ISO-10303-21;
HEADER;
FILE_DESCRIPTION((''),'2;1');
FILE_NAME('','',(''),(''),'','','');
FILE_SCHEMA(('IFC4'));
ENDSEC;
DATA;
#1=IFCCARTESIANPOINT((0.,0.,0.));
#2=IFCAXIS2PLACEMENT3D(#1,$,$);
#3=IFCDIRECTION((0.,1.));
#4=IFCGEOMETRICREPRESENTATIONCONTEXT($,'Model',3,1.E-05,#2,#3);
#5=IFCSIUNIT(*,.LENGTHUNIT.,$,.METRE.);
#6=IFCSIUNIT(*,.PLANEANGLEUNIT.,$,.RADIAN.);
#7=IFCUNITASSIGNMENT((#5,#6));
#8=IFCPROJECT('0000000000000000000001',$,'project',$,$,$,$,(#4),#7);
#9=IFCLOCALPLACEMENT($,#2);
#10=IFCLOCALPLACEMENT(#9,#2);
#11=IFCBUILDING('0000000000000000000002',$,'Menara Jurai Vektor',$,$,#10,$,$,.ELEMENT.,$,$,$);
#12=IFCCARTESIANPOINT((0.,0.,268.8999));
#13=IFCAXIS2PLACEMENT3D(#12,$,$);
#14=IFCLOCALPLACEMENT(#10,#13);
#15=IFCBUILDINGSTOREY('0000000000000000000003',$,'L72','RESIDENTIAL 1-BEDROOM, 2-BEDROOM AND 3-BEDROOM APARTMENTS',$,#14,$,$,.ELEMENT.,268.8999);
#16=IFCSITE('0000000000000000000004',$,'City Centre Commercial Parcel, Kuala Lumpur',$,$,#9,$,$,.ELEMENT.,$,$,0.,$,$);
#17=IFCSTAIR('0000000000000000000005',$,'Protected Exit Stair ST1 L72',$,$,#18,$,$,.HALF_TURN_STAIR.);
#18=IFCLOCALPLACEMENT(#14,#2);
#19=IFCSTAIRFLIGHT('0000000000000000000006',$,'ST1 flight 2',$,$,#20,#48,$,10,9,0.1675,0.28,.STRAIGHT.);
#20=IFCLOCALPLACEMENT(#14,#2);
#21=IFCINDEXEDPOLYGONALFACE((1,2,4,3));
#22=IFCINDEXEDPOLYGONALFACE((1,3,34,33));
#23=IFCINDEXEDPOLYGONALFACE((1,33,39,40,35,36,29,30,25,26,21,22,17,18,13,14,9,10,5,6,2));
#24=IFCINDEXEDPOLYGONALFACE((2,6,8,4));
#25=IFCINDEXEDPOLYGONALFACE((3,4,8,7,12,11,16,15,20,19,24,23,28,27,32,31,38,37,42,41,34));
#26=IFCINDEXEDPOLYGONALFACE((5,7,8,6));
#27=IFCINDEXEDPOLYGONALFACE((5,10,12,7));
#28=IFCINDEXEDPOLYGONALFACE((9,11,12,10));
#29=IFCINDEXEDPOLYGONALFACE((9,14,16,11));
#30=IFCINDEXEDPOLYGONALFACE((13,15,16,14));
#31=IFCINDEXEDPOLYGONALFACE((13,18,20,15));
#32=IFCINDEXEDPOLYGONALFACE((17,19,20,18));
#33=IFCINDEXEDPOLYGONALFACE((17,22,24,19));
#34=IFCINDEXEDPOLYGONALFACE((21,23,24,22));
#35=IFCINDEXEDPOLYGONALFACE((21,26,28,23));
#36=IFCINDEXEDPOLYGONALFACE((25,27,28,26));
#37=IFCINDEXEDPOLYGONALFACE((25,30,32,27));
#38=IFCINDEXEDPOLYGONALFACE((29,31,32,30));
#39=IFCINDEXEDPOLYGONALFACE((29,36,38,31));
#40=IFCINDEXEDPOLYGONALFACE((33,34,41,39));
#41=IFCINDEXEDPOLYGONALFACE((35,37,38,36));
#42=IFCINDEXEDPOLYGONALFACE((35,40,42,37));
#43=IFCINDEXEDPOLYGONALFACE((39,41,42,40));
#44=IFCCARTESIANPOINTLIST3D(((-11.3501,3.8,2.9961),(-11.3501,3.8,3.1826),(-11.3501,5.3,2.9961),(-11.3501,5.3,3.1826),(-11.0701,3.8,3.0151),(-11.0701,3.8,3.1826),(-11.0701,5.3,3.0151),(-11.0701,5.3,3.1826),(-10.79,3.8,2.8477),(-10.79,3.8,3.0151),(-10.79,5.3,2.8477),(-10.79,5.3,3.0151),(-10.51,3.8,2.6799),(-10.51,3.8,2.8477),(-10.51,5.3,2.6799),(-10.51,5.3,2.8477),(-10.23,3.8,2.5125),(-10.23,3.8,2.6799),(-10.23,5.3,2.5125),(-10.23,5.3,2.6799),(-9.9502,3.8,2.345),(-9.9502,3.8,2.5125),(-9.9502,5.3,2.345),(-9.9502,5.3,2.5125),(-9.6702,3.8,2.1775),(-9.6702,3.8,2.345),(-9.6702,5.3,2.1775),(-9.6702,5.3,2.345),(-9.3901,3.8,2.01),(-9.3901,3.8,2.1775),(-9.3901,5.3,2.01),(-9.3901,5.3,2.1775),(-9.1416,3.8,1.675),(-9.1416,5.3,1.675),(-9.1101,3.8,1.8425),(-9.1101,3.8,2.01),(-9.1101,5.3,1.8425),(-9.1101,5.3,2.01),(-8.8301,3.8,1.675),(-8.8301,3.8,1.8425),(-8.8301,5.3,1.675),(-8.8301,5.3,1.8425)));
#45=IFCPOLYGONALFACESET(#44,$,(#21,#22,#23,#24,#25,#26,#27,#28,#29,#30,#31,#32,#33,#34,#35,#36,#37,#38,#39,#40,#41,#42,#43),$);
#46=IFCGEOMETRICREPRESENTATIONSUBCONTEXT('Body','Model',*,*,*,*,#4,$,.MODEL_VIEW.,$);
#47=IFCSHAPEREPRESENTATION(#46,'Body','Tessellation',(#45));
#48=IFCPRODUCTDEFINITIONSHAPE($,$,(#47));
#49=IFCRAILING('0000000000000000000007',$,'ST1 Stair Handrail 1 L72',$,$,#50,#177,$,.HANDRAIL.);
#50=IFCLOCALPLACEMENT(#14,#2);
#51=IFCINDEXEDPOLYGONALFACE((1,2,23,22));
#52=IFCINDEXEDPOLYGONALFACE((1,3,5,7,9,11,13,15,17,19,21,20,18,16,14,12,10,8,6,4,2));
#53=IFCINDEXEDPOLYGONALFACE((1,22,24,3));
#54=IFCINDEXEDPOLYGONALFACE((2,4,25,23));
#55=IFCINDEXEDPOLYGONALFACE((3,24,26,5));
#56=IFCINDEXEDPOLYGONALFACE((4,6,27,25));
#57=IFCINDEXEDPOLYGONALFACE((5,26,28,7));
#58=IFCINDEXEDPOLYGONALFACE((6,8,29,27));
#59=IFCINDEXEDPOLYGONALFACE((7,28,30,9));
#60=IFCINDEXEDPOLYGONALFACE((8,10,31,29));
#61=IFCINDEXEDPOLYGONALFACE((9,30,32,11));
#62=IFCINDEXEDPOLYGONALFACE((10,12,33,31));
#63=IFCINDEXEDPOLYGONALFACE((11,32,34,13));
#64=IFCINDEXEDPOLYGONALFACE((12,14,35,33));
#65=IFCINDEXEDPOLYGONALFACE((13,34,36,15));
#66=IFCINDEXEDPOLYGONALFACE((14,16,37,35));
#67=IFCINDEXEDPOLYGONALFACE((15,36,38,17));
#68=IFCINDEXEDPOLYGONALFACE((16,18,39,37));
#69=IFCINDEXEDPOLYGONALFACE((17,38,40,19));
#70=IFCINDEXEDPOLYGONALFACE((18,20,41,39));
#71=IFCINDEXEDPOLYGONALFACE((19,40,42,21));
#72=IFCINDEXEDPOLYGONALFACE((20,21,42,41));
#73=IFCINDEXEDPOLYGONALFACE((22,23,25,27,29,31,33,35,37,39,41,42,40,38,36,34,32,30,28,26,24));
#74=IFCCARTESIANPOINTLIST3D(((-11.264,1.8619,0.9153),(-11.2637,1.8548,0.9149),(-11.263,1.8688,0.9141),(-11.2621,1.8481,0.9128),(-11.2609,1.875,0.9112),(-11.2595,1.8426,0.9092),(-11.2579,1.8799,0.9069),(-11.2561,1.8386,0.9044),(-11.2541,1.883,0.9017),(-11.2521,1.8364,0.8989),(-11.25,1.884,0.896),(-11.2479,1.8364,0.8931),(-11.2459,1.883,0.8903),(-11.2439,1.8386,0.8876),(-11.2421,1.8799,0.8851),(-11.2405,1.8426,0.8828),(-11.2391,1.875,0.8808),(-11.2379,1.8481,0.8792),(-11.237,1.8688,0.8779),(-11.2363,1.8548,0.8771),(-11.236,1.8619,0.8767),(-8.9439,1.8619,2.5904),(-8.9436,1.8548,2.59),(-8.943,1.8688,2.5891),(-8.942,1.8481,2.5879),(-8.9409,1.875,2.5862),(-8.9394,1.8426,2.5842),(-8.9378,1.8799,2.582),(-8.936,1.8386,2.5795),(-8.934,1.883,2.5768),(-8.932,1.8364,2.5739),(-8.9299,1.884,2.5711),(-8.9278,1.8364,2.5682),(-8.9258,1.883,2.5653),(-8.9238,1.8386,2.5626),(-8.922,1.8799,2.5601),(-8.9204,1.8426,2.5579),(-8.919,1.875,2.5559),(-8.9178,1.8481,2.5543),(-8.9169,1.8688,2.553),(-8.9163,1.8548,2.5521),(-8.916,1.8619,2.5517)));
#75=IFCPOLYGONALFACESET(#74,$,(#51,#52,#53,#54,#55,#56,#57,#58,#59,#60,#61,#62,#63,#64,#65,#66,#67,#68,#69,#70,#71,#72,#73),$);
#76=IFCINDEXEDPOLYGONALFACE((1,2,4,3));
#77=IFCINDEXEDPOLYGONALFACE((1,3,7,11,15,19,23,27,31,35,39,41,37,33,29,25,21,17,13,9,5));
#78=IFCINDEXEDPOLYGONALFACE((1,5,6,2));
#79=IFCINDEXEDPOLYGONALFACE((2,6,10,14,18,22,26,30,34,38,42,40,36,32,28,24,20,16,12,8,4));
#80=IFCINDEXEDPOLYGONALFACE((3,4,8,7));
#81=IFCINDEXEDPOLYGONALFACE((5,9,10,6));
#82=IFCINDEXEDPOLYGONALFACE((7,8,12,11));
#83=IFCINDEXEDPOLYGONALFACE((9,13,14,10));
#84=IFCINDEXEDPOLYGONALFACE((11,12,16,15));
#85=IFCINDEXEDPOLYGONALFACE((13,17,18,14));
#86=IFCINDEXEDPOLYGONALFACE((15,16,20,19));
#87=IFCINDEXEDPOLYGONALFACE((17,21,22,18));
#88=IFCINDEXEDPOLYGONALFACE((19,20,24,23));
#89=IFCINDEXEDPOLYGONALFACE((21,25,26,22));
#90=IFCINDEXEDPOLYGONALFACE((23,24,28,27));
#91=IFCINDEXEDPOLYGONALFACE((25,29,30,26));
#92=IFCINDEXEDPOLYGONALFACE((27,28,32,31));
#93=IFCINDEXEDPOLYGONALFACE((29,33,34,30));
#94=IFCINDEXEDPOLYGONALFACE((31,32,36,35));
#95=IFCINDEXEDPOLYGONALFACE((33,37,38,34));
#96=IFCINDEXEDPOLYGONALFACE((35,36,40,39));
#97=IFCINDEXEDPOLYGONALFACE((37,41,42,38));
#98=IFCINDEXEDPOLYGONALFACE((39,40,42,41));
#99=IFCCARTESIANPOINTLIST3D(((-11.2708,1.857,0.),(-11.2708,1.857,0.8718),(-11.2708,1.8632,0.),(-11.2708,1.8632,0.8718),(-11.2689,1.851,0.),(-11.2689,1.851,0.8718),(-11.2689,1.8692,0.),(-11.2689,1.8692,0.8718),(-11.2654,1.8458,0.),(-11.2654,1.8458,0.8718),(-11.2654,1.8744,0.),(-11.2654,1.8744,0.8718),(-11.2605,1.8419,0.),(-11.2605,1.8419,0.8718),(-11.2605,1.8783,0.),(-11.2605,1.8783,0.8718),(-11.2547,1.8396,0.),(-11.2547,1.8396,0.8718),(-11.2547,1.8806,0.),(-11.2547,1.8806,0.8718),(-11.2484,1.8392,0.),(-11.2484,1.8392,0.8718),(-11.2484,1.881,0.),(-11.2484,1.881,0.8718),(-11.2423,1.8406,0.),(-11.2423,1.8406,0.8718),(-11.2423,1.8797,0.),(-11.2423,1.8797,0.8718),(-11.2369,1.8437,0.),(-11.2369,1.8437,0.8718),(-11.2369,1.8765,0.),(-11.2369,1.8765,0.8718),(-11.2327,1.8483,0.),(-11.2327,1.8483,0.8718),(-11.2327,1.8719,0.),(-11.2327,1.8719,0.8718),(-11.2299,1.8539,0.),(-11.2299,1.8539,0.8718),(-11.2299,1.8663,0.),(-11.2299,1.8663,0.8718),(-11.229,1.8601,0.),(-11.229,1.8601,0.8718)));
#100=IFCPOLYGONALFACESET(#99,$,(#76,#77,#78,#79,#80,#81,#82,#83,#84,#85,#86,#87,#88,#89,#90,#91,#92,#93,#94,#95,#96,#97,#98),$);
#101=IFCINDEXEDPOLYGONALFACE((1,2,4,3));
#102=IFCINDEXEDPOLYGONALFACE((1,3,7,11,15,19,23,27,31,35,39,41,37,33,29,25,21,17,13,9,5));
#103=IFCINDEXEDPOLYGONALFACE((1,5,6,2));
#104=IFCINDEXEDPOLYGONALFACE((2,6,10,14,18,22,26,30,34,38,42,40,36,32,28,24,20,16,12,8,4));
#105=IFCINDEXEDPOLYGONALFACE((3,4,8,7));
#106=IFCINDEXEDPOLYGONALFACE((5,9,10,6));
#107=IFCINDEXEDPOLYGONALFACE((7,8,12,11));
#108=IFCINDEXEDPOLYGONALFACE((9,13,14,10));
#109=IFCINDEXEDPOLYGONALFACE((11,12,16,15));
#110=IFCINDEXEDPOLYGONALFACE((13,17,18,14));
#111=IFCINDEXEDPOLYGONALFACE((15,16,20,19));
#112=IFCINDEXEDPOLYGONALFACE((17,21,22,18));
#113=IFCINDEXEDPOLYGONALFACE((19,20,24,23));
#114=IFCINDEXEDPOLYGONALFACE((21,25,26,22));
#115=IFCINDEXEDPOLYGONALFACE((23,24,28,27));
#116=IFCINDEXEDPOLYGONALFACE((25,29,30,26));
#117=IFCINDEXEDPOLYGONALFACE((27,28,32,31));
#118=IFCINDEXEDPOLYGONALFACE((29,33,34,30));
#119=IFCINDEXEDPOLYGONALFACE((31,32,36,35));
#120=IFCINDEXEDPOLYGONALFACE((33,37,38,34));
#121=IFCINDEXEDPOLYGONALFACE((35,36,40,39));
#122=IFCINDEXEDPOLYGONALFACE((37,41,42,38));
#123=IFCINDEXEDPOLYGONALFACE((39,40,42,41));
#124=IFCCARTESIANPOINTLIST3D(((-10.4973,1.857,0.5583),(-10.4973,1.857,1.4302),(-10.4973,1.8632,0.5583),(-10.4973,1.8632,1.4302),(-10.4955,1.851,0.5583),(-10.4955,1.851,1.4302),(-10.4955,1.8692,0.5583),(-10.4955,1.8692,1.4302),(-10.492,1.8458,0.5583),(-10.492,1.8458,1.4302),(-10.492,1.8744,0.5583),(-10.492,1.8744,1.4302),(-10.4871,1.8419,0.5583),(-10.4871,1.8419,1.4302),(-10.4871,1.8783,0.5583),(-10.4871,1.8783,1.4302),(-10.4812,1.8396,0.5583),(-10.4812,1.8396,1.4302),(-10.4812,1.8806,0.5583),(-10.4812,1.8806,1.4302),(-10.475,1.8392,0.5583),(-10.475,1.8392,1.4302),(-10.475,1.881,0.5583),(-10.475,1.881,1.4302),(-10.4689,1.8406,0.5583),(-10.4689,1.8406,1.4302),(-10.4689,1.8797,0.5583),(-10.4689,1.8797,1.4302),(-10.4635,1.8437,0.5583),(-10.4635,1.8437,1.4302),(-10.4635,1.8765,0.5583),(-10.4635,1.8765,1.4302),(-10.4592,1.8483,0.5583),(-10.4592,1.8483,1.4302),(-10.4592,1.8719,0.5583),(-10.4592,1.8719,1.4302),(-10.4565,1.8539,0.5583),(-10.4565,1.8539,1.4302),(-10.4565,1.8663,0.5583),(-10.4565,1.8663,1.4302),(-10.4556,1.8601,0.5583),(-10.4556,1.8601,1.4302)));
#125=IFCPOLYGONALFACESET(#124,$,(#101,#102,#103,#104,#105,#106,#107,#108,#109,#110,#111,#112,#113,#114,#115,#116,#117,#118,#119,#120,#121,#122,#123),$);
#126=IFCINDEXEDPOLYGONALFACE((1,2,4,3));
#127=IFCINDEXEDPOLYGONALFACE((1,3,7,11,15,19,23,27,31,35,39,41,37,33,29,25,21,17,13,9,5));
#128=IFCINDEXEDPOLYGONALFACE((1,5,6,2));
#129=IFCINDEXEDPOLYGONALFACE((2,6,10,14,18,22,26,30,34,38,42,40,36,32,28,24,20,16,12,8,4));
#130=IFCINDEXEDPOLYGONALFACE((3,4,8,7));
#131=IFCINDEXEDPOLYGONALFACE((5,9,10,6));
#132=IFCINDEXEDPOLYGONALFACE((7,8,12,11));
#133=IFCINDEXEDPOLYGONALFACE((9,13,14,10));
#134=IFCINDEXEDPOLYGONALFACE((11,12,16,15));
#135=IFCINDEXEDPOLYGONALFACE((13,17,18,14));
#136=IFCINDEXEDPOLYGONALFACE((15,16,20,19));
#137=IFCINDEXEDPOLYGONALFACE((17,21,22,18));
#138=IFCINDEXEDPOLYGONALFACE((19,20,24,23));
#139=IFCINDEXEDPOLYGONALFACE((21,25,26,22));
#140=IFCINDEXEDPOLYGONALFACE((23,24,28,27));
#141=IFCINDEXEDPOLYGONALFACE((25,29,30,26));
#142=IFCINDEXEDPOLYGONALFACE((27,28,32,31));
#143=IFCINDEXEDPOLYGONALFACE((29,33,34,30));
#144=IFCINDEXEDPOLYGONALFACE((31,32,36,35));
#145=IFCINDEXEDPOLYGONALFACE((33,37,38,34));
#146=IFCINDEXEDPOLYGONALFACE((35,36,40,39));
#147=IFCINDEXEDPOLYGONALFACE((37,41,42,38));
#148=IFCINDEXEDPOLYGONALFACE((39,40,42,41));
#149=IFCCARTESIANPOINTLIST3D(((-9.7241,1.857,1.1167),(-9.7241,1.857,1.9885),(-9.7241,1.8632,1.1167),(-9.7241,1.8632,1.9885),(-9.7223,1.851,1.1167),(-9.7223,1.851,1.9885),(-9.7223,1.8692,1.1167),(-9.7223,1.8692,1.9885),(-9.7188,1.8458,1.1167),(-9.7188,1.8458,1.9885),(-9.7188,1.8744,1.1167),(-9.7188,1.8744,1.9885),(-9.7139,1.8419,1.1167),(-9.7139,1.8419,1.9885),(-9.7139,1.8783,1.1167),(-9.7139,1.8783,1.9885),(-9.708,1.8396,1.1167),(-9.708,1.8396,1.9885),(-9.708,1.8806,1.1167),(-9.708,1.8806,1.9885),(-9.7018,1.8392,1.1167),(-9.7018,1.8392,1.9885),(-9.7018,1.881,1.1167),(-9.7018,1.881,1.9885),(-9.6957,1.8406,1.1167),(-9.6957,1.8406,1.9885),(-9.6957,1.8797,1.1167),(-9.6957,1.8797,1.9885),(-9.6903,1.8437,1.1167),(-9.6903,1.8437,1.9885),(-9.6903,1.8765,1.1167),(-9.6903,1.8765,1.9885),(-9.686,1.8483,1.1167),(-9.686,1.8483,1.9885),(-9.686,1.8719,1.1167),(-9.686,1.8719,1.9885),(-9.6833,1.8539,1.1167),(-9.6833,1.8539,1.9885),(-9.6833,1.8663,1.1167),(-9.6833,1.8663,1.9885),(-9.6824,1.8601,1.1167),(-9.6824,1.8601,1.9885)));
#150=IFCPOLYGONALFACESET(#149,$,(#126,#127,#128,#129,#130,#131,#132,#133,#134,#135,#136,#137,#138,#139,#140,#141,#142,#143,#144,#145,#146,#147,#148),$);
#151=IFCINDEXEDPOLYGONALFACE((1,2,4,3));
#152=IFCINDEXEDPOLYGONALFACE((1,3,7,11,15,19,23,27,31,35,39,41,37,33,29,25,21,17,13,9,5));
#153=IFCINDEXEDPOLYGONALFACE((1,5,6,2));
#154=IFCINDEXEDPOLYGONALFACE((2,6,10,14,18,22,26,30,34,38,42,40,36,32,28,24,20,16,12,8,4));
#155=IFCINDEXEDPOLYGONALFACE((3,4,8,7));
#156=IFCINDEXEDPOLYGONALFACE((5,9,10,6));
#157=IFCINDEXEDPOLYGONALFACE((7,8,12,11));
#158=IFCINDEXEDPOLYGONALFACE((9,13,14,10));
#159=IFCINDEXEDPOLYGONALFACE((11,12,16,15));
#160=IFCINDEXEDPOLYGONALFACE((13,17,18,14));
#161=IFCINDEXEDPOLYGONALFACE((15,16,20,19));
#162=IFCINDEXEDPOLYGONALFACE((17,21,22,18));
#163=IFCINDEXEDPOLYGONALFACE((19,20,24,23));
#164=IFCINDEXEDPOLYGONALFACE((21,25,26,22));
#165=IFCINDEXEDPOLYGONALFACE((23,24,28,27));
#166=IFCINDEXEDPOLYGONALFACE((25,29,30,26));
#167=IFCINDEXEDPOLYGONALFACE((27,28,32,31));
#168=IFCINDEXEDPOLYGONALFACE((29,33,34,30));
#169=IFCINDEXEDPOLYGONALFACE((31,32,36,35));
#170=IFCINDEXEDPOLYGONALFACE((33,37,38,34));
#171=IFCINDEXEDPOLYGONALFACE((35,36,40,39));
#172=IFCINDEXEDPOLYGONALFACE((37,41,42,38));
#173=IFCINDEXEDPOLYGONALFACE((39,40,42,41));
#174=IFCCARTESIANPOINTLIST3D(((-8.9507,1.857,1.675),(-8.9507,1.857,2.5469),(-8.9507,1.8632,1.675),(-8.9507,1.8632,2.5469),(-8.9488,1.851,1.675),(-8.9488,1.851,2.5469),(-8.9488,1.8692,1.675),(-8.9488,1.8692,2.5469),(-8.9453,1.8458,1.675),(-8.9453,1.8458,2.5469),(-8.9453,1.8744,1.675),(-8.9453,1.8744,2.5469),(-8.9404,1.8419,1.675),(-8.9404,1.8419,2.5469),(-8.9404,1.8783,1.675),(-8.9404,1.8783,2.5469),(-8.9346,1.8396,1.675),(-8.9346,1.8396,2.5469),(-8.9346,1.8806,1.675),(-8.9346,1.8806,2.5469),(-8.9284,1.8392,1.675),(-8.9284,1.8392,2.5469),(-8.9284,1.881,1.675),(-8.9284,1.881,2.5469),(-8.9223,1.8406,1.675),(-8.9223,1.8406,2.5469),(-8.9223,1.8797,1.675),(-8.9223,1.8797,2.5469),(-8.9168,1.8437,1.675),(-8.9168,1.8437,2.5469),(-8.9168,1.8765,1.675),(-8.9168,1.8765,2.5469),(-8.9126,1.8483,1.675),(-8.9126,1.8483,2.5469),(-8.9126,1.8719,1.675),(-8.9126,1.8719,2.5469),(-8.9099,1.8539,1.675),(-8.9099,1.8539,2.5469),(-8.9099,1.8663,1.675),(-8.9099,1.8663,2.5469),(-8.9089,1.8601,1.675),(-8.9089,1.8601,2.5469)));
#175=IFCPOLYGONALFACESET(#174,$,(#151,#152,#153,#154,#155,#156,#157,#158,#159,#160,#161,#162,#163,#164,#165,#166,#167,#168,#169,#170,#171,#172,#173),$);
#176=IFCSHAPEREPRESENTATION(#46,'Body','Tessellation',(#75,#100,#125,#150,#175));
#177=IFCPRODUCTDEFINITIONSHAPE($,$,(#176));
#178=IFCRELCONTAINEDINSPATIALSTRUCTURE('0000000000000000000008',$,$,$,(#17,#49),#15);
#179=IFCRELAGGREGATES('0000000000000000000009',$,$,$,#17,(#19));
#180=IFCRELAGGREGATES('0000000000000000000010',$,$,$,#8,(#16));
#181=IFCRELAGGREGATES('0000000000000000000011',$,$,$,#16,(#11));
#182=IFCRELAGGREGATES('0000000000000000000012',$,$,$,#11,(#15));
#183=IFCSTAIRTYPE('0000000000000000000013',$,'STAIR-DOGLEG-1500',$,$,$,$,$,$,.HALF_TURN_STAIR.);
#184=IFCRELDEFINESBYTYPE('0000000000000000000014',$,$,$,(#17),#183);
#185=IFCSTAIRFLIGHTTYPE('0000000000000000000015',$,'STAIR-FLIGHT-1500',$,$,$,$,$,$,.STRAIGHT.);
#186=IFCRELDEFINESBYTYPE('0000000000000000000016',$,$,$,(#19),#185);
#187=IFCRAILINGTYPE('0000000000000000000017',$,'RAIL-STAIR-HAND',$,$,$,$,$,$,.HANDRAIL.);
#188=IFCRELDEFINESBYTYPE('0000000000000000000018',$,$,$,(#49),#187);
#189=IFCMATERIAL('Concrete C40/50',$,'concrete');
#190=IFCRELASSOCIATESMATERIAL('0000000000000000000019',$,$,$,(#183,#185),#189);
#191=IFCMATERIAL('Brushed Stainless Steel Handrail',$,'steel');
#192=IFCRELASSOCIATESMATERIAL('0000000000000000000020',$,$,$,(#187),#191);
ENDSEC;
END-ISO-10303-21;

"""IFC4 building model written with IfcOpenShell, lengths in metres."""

from ifc_helpers import new_model, si_unit, direction, frame, origin, origin_2d, place, context, subcontext, project, spatial, polyline, circle, outline, extrude, material, type_object, element, aggregate, save


model = new_model("IFC4")

# Units and contexts
model_context = context("Model", 3, precision=1e-05, world=origin(), true_north=direction((0.0, 1.0)))
body_context = subcontext(model_context, "Body", "Model", "MODEL_VIEW")
ifc_project = project(units=[si_unit("LENGTHUNIT", "METRE"), si_unit("PLANEANGLEUNIT", "RADIAN")], contexts=[model_context])

# Site, building, storey
site_placement = place(None, origin())
site = spatial("IfcSite", under=ifc_project, at=site_placement, Name="City Centre Commercial Parcel, Kuala Lumpur", CompositionType="ELEMENT", RefElevation=0.0)
building_placement = place(site_placement, origin())
building = spatial("IfcBuilding", under=site, at=building_placement, Name="Menara Jurai Vektor", CompositionType="ELEMENT")
storey_placement = place(building_placement, frame((0.0, 0.0, 268.8999)))
storey = spatial("IfcBuildingStorey", under=building, at=storey_placement, Name="L72", Description="RESIDENTIAL 1-BEDROOM, 2-BEDROOM AND 3-BEDROOM APARTMENTS", CompositionType="ELEMENT", Elevation=268.8999)

# Shared definitions
ifc_material_1 = material(Name="Concrete C40/50", Category="concrete")

# Stair, stair flight
stair_type = type_object("IfcStairType", Name="STAIR-DOGLEG-1500", PredefinedType="HALF_TURN_STAIR", material=ifc_material_1)
stair_placement = place(storey_placement, origin())
stair = element("IfcStair", 1, at=stair_placement, inside=storey, type_object=stair_type, Name="Protected Exit Stair ST1 L72", PredefinedType="HALF_TURN_STAIR")
stair_flight_type = type_object("IfcStairFlightType", Name="STAIR-FLIGHT-1500", PredefinedType="STRAIGHT", material=ifc_material_1)
stair_flight_1_placement = place(storey_placement, frame((-8.8301, 4.55, 1.675), z_axis=(0.0, 0.0, 1.0), x_axis=(-1.0, 0.0, 0.0)))
stair_flight_1 = element("IfcStairFlight", 2, at=stair_flight_1_placement, type_object=stair_flight_type, Name="ST1 flight 2", NumberOfRisers=10, NumberOfTreads=9, PredefinedType="STRAIGHT", RiserHeight=0.1675, TreadLength=0.28, context=body_context, shape_type="SweptSolid", body=[
    extrude(outline(polyline([(0.0, 0.0), (0.0, 0.1675), (0.28, 0.1675), (0.28, 0.335), (0.5601, 0.335), (0.5601, 0.5024), (0.8401, 0.5024), (0.8401, 0.6699), (1.1201, 0.6699), (1.1201, 0.8374), (1.3999, 0.8374), (1.3999, 1.0049), (1.6799, 1.0049), (1.6799, 1.1726), (1.96, 1.1726), (1.96, 1.3401), (2.24, 1.3401), (2.24, 1.5076), (2.52, 1.5076), (2.52, 1.675), (2.52, 1.321), (0.3115, 0.0), (0.0, 0.0)])), frame((0.0, 0.75, 0.0), z_axis=(0.0, -1.0, 0.0), x_axis=(1.0, 0.0, 0.0)), (0.0, 0.0, 1.0), 1.5),
])
aggregate(stair, [stair_flight_1])

# Railing
ifc_material_2 = material(Name="Brushed Stainless Steel Handrail", Category="steel")
railing_type_1 = type_object("IfcRailingType", Name="RAIL-STAIR-HAND", PredefinedType="HANDRAIL", material=ifc_material_2)
railing_1_placement = place(storey_placement, frame((-11.25, 1.8601, 0.0)))
element("IfcRailing", 3, at=railing_1_placement, inside=storey, type_object=railing_type_1, Name="ST1 Stair Handrail 1 L72", PredefinedType="HANDRAIL", context=body_context, shape_type="SweptSolid", body=[
    extrude(circle(Radius=0.0239, at=origin_2d()), frame((0.0, 0.0, 0.896), z_axis=(0.810771, 0.0, 0.585363), x_axis=(0.0, 1.0, 0.0)), (0.0, 0.0, 1.0), 2.8616),
    extrude(circle(Radius=0.021, at=origin_2d()), origin(), (0.0, 0.0, 1.0), 0.8718),
    extrude(circle(Radius=0.021, at=origin_2d()), frame((0.7734, 0.0, 0.5583)), (0.0, 0.0, 1.0), 0.8718),
    extrude(circle(Radius=0.021, at=origin_2d()), frame((1.5466, 0.0, 1.1167)), (0.0, 0.0, 1.0), 0.8718),
    extrude(circle(Radius=0.021, at=origin_2d()), frame((2.3201, 0.0, 1.675)), (0.0, 0.0, 1.0), 0.8718),
])

save(model, "model.ifc")
